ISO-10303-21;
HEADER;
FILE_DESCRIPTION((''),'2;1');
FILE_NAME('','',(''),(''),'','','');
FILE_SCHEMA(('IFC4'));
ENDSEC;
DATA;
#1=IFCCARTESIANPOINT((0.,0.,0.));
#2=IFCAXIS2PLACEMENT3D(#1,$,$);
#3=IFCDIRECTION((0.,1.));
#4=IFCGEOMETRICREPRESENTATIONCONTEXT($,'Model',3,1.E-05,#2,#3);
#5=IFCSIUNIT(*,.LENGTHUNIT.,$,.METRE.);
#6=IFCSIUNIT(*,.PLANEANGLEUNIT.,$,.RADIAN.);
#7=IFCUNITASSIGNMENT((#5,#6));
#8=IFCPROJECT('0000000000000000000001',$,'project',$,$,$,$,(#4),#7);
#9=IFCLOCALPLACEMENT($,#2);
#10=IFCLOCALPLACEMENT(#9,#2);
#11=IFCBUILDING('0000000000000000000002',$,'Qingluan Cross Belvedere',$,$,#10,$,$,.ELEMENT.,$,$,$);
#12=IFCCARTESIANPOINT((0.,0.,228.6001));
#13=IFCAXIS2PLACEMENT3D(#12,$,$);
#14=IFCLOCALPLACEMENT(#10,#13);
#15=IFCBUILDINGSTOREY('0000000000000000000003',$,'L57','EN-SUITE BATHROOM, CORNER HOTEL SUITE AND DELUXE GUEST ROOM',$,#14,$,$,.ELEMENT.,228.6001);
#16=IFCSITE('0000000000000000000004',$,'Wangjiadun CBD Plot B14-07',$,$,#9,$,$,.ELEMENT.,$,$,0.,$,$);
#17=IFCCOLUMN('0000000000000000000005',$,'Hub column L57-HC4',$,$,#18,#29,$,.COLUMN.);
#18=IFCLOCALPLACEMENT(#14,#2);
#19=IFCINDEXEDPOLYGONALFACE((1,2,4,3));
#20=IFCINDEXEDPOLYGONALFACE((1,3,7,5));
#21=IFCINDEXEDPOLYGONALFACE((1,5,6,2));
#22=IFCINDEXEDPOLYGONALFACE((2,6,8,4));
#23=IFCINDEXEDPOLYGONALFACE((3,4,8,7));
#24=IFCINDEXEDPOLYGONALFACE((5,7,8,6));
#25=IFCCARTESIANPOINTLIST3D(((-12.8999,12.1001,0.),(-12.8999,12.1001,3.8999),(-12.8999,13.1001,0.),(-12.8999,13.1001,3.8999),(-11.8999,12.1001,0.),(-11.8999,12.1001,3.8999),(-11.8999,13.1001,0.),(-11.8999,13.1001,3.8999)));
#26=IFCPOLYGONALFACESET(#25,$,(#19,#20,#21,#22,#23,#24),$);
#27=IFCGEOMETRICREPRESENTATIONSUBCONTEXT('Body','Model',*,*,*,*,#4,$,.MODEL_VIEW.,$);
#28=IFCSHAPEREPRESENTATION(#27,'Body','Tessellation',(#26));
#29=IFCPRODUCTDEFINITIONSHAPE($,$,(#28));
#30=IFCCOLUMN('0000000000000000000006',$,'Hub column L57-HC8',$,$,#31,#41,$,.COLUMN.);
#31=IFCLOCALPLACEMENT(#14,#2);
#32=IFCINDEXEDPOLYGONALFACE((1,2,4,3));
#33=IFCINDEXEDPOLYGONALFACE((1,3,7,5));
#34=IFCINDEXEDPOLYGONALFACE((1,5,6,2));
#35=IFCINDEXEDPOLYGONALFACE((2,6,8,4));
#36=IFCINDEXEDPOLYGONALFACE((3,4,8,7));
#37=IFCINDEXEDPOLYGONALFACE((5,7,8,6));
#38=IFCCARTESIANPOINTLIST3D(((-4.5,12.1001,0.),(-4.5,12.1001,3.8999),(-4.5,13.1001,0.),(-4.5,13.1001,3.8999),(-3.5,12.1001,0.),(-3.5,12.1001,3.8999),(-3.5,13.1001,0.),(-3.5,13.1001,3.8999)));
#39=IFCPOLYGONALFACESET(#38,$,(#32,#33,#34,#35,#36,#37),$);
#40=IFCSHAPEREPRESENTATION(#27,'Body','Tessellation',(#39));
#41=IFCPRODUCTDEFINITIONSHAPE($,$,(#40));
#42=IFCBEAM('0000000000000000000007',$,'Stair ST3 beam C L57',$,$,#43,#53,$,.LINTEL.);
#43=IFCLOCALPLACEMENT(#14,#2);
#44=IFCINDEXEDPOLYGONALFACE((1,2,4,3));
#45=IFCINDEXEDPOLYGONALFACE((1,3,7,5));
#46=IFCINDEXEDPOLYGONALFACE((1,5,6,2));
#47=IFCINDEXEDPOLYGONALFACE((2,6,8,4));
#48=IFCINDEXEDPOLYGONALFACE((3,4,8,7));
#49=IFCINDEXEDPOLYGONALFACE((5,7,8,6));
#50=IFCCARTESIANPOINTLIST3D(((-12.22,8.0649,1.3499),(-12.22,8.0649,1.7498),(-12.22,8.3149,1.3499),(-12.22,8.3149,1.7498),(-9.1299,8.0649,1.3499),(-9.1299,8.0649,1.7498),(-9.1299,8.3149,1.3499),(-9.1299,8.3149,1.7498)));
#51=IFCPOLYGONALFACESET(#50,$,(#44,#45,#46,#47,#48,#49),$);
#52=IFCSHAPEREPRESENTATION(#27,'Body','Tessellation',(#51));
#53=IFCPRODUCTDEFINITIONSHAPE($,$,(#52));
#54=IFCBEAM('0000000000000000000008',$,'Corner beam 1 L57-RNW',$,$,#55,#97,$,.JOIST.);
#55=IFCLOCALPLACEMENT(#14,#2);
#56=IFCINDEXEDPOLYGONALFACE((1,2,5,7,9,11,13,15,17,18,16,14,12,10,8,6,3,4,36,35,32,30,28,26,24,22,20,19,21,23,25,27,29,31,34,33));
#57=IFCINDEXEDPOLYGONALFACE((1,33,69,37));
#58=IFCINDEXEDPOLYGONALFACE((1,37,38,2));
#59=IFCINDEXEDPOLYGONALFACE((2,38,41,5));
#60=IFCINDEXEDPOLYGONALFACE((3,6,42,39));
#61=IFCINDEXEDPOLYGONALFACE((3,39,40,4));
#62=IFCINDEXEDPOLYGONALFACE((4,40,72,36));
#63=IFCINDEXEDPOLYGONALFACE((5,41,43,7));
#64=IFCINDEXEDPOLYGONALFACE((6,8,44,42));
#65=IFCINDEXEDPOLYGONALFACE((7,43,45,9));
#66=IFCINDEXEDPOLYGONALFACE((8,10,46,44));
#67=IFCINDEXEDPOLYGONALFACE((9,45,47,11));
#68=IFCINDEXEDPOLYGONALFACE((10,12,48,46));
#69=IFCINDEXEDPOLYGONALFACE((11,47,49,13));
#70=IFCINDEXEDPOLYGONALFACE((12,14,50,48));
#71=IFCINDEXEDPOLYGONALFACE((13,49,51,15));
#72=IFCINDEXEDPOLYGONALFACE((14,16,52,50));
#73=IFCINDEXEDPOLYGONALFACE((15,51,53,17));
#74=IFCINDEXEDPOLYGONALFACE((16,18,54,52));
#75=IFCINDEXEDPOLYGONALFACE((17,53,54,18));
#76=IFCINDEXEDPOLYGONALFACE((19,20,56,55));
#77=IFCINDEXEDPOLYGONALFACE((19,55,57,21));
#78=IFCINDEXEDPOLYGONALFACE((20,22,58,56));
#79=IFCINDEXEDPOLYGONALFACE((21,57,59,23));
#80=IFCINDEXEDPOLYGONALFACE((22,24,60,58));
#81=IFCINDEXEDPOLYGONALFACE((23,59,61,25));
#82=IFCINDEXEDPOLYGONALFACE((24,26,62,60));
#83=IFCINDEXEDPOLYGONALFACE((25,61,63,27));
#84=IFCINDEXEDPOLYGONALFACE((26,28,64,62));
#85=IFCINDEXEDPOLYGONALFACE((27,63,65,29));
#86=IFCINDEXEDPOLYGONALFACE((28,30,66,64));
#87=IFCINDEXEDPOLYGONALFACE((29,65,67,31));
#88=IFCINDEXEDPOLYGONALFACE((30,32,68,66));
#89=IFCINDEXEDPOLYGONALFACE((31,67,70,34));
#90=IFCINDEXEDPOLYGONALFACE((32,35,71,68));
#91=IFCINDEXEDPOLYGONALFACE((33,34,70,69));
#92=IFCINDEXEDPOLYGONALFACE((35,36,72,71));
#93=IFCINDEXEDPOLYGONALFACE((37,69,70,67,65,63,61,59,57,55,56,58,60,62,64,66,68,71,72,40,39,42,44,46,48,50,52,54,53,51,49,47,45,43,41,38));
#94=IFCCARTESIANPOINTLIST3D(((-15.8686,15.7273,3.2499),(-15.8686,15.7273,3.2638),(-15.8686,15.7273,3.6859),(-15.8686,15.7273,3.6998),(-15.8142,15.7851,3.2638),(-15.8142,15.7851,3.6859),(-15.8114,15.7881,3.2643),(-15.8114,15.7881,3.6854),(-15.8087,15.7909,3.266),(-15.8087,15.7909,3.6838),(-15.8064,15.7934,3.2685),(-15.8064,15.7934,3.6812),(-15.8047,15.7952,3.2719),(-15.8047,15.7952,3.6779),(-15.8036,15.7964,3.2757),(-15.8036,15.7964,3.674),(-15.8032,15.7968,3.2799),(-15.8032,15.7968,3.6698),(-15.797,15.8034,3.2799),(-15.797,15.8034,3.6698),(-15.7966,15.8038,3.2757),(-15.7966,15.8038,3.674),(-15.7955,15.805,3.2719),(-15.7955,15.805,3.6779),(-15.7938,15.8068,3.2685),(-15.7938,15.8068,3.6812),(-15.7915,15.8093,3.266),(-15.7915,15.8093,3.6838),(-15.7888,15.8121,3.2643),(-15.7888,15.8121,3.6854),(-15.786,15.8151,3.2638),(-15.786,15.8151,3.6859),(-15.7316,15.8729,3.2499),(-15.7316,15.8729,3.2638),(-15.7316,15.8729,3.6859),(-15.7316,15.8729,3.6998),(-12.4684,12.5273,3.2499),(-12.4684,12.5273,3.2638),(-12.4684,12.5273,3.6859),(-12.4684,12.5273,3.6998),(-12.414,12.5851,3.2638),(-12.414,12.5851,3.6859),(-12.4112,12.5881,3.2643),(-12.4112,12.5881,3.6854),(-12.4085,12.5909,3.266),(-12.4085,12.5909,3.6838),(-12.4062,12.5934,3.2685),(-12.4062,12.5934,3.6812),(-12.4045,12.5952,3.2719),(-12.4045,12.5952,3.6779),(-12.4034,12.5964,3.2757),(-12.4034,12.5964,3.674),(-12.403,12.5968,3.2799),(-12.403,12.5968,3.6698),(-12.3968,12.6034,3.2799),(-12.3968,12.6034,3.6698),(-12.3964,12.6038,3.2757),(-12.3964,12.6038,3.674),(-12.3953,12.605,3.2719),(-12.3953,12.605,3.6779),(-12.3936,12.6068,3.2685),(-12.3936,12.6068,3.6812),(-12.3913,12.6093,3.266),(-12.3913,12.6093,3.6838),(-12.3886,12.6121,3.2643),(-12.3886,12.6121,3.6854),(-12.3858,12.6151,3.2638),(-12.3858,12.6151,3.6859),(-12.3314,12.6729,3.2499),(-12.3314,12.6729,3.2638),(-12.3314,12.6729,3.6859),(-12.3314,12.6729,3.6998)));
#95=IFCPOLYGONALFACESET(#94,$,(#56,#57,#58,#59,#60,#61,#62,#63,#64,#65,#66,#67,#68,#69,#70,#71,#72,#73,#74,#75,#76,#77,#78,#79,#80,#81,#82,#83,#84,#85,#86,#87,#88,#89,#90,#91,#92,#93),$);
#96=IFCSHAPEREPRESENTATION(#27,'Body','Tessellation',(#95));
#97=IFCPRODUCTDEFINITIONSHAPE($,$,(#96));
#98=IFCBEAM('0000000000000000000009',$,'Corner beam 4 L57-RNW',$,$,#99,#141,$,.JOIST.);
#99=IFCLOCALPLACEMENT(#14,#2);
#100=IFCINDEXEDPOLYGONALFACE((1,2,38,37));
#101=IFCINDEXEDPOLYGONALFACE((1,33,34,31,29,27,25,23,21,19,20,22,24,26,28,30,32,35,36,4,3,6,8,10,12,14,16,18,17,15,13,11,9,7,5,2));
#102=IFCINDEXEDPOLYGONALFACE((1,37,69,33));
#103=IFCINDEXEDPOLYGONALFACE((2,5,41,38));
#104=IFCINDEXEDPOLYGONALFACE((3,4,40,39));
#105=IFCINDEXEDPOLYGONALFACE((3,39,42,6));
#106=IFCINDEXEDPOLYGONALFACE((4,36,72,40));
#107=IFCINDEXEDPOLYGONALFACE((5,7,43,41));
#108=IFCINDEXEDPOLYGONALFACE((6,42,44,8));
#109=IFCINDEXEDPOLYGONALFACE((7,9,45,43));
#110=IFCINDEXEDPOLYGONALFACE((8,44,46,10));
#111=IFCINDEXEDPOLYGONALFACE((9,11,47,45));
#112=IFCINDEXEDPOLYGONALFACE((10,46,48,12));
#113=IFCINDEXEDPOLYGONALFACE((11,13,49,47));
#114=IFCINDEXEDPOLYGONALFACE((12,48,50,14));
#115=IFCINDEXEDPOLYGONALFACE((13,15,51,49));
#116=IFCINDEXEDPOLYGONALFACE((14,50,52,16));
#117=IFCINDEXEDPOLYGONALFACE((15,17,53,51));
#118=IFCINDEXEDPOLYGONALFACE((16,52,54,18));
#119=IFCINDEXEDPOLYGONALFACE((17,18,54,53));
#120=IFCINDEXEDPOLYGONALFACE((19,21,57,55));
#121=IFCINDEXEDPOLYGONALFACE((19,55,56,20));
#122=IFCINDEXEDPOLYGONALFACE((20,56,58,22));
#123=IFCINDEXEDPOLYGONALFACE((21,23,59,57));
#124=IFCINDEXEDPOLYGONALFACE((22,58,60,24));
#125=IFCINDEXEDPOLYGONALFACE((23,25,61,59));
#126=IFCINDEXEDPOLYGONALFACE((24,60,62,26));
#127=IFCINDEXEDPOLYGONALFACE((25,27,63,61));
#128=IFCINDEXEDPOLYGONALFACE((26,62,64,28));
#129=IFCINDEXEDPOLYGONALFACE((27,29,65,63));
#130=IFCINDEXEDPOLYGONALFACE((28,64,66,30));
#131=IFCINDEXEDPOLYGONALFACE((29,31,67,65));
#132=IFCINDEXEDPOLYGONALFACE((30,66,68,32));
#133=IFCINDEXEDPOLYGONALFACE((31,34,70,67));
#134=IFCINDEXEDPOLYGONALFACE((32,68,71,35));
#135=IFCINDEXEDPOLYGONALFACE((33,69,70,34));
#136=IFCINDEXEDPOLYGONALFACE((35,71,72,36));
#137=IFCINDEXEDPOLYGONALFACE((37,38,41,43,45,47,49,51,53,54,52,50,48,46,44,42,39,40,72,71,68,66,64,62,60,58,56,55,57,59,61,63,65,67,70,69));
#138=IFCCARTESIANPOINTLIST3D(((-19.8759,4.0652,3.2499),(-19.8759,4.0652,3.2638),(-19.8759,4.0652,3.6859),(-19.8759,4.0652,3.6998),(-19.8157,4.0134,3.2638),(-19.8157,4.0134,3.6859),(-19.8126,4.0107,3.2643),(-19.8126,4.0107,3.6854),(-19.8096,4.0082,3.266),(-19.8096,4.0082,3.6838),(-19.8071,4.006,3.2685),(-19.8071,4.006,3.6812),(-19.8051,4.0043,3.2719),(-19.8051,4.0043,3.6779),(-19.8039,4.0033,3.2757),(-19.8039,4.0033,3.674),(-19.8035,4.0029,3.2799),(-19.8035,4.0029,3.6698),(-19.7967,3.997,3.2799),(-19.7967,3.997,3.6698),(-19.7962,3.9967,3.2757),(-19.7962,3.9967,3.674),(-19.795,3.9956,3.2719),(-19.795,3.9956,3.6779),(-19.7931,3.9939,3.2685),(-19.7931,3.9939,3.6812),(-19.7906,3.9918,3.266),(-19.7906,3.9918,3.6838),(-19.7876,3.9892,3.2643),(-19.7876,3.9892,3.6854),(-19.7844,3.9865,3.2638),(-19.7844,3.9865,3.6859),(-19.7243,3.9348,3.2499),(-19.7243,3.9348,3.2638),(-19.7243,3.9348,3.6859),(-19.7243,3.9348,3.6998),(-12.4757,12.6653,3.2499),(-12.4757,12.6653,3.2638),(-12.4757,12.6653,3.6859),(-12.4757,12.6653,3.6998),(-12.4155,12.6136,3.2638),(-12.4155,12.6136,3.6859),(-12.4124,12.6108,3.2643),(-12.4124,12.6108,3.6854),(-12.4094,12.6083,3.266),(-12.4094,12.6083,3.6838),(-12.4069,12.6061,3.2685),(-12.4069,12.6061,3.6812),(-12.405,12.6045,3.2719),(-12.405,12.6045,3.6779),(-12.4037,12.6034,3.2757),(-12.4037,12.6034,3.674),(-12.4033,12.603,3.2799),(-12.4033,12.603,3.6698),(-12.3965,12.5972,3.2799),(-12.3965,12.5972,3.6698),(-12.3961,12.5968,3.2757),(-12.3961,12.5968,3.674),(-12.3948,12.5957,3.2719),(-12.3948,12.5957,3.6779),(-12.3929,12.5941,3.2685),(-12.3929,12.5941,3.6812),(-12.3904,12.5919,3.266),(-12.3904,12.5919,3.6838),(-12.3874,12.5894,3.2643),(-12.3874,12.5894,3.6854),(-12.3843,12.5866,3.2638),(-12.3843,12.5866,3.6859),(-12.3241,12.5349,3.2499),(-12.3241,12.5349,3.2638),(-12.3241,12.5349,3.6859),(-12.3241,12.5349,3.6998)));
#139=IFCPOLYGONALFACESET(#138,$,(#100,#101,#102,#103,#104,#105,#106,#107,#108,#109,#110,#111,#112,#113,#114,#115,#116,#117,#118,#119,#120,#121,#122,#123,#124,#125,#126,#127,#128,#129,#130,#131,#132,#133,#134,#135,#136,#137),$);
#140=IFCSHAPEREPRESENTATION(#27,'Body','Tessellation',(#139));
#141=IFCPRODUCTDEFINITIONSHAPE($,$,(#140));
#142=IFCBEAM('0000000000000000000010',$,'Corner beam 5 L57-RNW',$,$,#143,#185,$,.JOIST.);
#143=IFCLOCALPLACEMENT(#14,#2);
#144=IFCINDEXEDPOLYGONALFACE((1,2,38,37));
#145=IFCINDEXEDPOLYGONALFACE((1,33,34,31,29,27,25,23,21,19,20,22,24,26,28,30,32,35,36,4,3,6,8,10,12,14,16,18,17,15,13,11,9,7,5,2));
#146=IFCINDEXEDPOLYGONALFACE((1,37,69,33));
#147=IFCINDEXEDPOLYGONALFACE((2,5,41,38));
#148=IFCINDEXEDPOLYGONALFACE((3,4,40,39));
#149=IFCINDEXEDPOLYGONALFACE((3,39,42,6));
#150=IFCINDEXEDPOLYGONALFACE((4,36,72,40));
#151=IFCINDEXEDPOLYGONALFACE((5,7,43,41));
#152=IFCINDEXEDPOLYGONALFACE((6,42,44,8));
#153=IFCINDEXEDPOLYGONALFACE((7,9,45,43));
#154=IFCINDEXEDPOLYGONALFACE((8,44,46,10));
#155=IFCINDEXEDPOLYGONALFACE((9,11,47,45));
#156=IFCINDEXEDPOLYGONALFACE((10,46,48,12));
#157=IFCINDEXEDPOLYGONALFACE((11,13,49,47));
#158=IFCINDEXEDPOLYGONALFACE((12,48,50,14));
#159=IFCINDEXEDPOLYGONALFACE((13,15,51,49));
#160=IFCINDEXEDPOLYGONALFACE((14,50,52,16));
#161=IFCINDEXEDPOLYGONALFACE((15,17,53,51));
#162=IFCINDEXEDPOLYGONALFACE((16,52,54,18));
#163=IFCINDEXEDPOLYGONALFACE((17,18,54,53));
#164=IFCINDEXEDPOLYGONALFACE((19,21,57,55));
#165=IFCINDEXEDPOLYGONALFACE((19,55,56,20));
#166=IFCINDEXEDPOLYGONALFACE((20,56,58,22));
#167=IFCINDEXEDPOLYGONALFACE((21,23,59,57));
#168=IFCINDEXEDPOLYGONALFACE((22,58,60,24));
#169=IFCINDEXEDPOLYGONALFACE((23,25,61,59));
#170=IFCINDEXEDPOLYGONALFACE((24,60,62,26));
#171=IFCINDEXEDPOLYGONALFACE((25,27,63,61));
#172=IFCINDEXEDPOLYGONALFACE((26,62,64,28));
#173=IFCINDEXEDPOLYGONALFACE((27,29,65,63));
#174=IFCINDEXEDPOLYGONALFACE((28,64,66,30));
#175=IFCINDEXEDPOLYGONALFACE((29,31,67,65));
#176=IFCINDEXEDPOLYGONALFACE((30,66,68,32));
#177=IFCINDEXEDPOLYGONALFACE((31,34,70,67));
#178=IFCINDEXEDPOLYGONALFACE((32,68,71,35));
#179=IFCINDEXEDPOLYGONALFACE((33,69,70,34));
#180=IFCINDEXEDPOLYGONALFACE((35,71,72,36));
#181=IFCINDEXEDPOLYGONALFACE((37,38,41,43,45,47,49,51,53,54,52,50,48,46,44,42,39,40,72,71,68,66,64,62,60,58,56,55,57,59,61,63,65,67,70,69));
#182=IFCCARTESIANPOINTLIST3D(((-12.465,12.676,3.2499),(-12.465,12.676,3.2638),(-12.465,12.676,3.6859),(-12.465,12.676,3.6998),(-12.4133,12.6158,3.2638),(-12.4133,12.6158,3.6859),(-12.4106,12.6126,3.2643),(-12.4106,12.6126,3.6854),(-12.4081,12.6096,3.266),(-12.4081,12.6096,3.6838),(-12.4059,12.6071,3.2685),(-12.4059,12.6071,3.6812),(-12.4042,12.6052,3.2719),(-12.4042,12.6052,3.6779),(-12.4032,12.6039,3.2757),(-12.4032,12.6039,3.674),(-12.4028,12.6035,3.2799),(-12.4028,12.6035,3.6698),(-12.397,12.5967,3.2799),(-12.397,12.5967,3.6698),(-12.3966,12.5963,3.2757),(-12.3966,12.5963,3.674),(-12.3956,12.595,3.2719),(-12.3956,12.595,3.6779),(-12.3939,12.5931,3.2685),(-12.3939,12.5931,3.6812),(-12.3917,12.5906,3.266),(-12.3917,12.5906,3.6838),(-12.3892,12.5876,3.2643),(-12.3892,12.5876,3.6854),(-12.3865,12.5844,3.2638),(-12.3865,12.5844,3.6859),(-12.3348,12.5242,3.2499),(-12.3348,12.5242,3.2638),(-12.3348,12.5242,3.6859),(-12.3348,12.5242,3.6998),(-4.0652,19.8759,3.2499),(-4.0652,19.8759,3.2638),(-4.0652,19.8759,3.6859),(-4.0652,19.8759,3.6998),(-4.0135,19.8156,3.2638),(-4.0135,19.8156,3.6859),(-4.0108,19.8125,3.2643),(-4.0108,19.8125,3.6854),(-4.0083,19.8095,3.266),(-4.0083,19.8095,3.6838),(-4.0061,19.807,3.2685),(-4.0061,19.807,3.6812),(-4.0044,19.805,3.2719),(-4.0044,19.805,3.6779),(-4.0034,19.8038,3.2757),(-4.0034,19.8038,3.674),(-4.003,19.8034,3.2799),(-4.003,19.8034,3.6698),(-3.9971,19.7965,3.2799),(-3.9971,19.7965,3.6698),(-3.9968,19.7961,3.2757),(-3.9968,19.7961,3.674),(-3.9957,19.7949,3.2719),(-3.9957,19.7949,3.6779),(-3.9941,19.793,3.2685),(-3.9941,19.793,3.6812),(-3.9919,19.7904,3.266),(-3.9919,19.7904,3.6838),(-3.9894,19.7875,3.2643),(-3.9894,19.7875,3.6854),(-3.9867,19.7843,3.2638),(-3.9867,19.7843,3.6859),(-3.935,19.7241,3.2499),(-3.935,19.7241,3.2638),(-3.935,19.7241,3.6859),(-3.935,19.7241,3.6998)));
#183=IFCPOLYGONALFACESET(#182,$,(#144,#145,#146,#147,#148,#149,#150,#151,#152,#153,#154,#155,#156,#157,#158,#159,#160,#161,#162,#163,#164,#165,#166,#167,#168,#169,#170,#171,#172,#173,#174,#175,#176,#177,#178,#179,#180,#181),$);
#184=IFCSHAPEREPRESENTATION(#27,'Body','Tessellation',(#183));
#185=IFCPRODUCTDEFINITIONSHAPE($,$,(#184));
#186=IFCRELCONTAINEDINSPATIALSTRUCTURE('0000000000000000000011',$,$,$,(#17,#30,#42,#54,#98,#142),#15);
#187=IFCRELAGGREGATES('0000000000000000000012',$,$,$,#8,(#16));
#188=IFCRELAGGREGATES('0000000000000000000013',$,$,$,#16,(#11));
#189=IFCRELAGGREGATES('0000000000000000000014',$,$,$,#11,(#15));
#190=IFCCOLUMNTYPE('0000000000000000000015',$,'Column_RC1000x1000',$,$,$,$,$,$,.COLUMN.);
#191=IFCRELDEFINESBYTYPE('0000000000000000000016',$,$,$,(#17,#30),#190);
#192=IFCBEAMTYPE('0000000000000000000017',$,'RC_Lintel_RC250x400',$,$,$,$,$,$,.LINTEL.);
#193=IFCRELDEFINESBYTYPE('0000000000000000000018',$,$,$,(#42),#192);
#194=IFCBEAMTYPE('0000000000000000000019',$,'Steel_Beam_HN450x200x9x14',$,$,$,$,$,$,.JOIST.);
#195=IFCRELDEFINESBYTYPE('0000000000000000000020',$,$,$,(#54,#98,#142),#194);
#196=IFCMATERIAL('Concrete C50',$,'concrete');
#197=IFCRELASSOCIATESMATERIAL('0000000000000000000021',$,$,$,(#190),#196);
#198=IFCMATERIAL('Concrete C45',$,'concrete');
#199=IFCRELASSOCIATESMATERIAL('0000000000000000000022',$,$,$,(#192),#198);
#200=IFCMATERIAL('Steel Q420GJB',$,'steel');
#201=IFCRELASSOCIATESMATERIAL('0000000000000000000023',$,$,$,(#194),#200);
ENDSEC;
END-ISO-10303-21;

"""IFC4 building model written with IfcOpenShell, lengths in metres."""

from ifc_helpers import new_model, si_unit, direction, frame, origin, origin_2d, place, context, subcontext, project, spatial, rectangle, i_section, extrude, material, material_profile, profile_set, type_object, element, save


model = new_model("IFC4")

# Units and contexts
model_context = context("Model", 3, precision=1e-05, world=origin(), true_north=direction((0.0, 1.0)))
body_context = subcontext(model_context, "Body", "Model", "MODEL_VIEW")
ifc_project = project(units=[si_unit("LENGTHUNIT", "METRE"), si_unit("PLANEANGLEUNIT", "RADIAN")], contexts=[model_context])

# Site, building, storey
site_placement = place(None, origin())
site = spatial("IfcSite", under=ifc_project, at=site_placement, Name="Wangjiadun CBD Plot B14-07", CompositionType="ELEMENT", RefElevation=0.0)
building_placement = place(site_placement, origin())
building = spatial("IfcBuilding", under=site, at=building_placement, Name="Qingluan Cross Belvedere", CompositionType="ELEMENT")
storey_placement = place(building_placement, frame((0.0, 0.0, 228.6001)))
storey = spatial("IfcBuildingStorey", under=building, at=storey_placement, Name="L57", Description="EN-SUITE BATHROOM, CORNER HOTEL SUITE AND DELUXE GUEST ROOM", CompositionType="ELEMENT", Elevation=228.6001)

# Columns
ifc_material_1 = material(Name="Concrete C50", Category="concrete")
ifc_material_profile_1 = material_profile(ifc_material_1, rectangle(XDim=1.0, YDim=1.0, at=origin_2d()), Name="RC1000x1000")
ifc_profile_set_1 = profile_set([ifc_material_profile_1], Name="Concrete C50")
column_type = type_object("IfcColumnType", Name="Column_RC1000x1000", PredefinedType="COLUMN", material=ifc_profile_set_1)
for number, where, z_axis, x_axis, name in (
    (1, (-12.3999, 12.6001, 0.0), (0.0, 0.0, 1.0), (1.0, 0.0, 0.0), "Hub column L57-HC4"),
    (2, (-4.0, 12.6001, 0.0), (0.0, 0.0, 1.0), (1.0, 0.0, 0.0), "Hub column L57-HC8"),
):
    element("IfcColumn", number, at=place(storey_placement, frame(where, z_axis=z_axis, x_axis=x_axis)), inside=storey, type_object=column_type, Name=name, PredefinedType="COLUMN", context=body_context, shape_type="SweptSolid", body=[
        extrude(rectangle(XDim=1.0, YDim=1.0, at=origin_2d()), origin(), (0.0, 0.0, 1.0), 3.8999),
    ])

# Beams
ifc_material_2 = material(Name="Concrete C45", Category="concrete")
ifc_material_profile_2 = material_profile(ifc_material_2, rectangle(XDim=0.25, YDim=0.3999, at=origin_2d()), Name="RC250x400")
ifc_profile_set_2 = profile_set([ifc_material_profile_2], Name="Concrete C45")
beam_type_1 = type_object("IfcBeamType", Name="RC_Lintel_RC250x400", PredefinedType="LINTEL", material=ifc_profile_set_2)
beam_1_placement = place(storey_placement, frame((-12.22, 8.1899, 1.5498), z_axis=(1.0, 0.0, 0.0), x_axis=(0.0, 1.0, 0.0)))
element("IfcBeam", 3, at=beam_1_placement, inside=storey, type_object=beam_type_1, Name="Stair ST3 beam C L57", PredefinedType="LINTEL", context=body_context, shape_type="SweptSolid", body=[
    extrude(rectangle(XDim=0.25, YDim=0.3999, at=origin_2d()), origin(), (0.0, 0.0, 1.0), 3.0901),
])
ifc_material_3 = material(Name="Steel Q420GJB", Category="steel")
ifc_material_profile_3 = material_profile(ifc_material_3, i_section(OverallWidth=0.2, OverallDepth=0.45, WebThickness=0.009, FlangeThickness=0.0139, FilletRadius=0.0161, at=origin_2d()), Name="HN450x200x9x14")
ifc_profile_set_3 = profile_set([ifc_material_profile_3], Name="Steel Q420GJB")
beam_type_2 = type_object("IfcBeamType", Name="Steel_Beam_HN450x200x9x14", PredefinedType="JOIST", material=ifc_profile_set_3)
beam_2_placement = place(storey_placement, frame((-12.3999, 12.6001, 3.4749), z_axis=(-0.72822, 0.685343, 0.0), x_axis=(-0.685343, -0.72822, 0.0)))
element("IfcBeam", 4, at=beam_2_placement, inside=storey, type_object=beam_type_2, Name="Corner beam 1 L57-RNW", PredefinedType="JOIST", context=body_context, shape_type="SweptSolid", body=[
    extrude(i_section(OverallWidth=0.2, OverallDepth=0.45, WebThickness=0.009, FlangeThickness=0.0139, FilletRadius=0.0161, at=origin_2d()), origin(), (0.0, 0.0, 1.0), 4.6692),
])
beam_3_placement = place(storey_placement, frame((-12.3999, 12.6001, 3.4749), z_axis=(-0.652245, -0.758008, 0.0), x_axis=(0.758008, -0.652245, 0.0)))
element("IfcBeam", 5, at=beam_3_placement, inside=storey, type_object=beam_type_2, Name="Corner beam 4 L57-RNW", PredefinedType="JOIST", context=body_context, shape_type="SweptSolid", body=[
    extrude(i_section(OverallWidth=0.2, OverallDepth=0.45, WebThickness=0.009, FlangeThickness=0.0139, FilletRadius=0.0161, at=origin_2d()), origin(), (0.0, 0.0, 1.0), 11.3457),
])
beam_4_placement = place(storey_placement, frame((-12.3999, 12.6001, 3.4749), z_axis=(0.759255, 0.650793, 0.0), x_axis=(-0.650793, 0.759255, 0.0)))
element("IfcBeam", 6, at=beam_4_placement, inside=storey, type_object=beam_type_2, Name="Corner beam 5 L57-RNW", PredefinedType="JOIST", context=body_context, shape_type="SweptSolid", body=[
    extrude(i_section(OverallWidth=0.2, OverallDepth=0.45, WebThickness=0.009, FlangeThickness=0.0139, FilletRadius=0.0161, at=origin_2d()), origin(), (0.0, 0.0, 1.0), 11.0632),
])

save(model, "model.ifc")
